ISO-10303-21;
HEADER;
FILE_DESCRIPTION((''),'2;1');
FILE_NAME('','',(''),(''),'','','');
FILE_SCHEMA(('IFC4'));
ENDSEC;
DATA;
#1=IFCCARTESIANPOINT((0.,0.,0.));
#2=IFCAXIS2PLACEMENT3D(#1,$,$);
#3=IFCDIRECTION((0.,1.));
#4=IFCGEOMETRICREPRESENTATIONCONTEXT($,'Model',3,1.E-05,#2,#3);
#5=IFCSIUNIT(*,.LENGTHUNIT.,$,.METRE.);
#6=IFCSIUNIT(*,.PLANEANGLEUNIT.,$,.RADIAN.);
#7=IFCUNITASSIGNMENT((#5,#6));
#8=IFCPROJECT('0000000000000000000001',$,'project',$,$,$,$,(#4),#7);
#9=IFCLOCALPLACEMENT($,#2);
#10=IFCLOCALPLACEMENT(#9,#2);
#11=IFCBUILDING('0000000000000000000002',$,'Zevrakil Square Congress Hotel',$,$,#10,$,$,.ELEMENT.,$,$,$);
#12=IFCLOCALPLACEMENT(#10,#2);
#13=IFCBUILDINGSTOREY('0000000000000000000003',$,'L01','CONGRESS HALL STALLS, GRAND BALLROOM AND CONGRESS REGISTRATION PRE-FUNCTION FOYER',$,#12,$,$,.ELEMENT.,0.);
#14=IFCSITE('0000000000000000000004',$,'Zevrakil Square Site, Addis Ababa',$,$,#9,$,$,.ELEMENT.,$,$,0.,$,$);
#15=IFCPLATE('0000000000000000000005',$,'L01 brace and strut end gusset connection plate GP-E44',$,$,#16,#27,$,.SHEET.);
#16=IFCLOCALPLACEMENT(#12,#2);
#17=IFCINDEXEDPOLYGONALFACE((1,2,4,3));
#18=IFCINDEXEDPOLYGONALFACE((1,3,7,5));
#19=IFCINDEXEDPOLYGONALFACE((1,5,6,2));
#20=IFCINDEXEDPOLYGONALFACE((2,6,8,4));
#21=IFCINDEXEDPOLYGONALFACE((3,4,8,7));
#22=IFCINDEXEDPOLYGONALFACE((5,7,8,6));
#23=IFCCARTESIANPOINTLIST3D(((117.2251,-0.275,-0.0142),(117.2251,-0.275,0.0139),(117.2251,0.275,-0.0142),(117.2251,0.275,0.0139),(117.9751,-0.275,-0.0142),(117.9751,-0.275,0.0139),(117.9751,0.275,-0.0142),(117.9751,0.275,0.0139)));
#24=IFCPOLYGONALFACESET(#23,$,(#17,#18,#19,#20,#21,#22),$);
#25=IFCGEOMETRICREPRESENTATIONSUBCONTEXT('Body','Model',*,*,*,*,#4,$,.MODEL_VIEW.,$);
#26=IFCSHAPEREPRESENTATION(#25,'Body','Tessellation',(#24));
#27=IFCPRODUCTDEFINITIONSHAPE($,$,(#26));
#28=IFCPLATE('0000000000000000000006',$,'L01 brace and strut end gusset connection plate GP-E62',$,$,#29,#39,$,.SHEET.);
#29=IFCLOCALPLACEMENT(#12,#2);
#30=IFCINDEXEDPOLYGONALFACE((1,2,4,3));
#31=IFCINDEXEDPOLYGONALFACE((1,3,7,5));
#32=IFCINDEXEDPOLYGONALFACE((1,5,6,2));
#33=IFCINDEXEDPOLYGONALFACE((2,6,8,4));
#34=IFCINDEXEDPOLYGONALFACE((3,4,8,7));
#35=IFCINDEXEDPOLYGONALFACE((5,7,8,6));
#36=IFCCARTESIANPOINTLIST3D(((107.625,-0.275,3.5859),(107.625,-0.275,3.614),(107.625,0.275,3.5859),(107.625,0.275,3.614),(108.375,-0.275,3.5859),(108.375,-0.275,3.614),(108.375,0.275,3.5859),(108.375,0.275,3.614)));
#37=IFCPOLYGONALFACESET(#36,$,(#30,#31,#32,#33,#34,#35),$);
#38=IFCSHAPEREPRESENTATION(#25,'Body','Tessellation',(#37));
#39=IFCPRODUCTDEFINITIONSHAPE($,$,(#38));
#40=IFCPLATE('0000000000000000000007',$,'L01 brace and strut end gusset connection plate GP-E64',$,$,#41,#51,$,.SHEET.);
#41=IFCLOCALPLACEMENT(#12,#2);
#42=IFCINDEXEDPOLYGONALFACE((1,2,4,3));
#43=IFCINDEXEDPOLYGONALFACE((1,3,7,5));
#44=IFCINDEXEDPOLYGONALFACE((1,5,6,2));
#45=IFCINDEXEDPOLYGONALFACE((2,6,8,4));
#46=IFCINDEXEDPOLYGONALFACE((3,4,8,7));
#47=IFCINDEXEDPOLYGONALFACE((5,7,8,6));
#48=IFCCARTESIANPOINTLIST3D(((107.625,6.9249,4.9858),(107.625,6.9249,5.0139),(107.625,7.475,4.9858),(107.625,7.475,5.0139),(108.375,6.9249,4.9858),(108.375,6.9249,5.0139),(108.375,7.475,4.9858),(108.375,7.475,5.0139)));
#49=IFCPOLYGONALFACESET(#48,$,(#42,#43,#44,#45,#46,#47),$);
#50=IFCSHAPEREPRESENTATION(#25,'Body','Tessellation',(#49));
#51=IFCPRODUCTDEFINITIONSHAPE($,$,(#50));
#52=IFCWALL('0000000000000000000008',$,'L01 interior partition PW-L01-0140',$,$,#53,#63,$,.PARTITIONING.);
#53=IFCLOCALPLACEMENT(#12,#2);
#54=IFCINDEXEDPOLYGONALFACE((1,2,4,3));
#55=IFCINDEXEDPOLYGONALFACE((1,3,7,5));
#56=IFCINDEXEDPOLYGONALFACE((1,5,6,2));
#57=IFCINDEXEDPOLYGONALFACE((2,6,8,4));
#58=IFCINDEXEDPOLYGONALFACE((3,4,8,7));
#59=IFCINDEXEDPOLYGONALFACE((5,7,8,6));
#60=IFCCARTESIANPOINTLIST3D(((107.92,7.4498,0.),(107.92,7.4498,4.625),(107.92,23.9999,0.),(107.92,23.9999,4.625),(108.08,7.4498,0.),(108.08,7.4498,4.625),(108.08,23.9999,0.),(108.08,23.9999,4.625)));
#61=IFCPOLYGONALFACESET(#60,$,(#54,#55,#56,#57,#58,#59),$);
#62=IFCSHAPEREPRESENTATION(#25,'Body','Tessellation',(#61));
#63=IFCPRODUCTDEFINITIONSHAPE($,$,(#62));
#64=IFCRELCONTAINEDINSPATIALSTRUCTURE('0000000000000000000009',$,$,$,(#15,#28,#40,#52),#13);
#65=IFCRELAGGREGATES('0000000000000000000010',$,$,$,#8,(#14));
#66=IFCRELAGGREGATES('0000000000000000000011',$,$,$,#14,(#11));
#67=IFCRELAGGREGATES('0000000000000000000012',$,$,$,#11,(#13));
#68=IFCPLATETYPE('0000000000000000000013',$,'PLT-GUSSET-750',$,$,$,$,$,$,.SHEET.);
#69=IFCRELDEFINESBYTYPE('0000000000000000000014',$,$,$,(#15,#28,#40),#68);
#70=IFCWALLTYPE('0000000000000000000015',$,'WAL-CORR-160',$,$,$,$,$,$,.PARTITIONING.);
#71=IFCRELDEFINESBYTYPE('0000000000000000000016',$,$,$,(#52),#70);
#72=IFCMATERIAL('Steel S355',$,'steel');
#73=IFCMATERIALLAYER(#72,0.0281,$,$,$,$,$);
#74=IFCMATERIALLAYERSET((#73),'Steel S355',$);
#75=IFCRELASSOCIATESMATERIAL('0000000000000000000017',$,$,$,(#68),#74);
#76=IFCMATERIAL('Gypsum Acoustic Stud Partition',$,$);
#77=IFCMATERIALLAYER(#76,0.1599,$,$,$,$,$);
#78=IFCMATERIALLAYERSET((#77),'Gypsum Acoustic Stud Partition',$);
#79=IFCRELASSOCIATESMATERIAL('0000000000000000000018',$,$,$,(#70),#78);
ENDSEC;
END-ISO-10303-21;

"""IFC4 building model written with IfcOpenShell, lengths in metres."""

from ifc_helpers import new_model, si_unit, direction, frame, frame_2d, origin, origin_2d, place, context, subcontext, project, spatial, rectangle, extrude, material, layer, layer_set, type_object, element, save


model = new_model("IFC4")

# Units and contexts
model_context = context("Model", 3, precision=1e-05, world=origin(), true_north=direction((0.0, 1.0)))
body_context = subcontext(model_context, "Body", "Model", "MODEL_VIEW")
ifc_project = project(units=[si_unit("LENGTHUNIT", "METRE"), si_unit("PLANEANGLEUNIT", "RADIAN")], contexts=[model_context])

# Site, building, storey
site_placement = place(None, origin())
site = spatial("IfcSite", under=ifc_project, at=site_placement, Name="Zevrakil Square Site, Addis Ababa", CompositionType="ELEMENT", RefElevation=0.0)
building_placement = place(site_placement, origin())
building = spatial("IfcBuilding", under=site, at=building_placement, Name="Zevrakil Square Congress Hotel", CompositionType="ELEMENT")
storey_placement = place(building_placement, origin())
storey = spatial("IfcBuildingStorey", under=building, at=storey_placement, Name="L01", Description="CONGRESS HALL STALLS, GRAND BALLROOM AND CONGRESS REGISTRATION PRE-FUNCTION FOYER", CompositionType="ELEMENT", Elevation=0.0)

# Plates
ifc_material_1 = material(Name="Steel S355", Category="steel")
ifc_layer_1 = layer(ifc_material_1, 0.0281)
ifc_layer_set_1 = layer_set([ifc_layer_1], Name="Steel S355")
plate_type_1 = type_object("IfcPlateType", Name="PLT-GUSSET-750", PredefinedType="SHEET", material=ifc_layer_set_1)
for number, where, z_axis, x_axis, name in (
    (1, (117.6001, 0.0, -0.0142), (0.0, 0.0, 1.0), (1.0, 0.0, 0.0), "L01 brace and strut end gusset connection plate GP-E44"),
    (2, (108.0, 0.0, 3.5859), (0.0, 0.0, 1.0), (1.0, 0.0, 0.0), "L01 brace and strut end gusset connection plate GP-E62"),
    (3, (108.0, 7.2, 4.9858), (0.0, 0.0, 1.0), (1.0, 0.0, 0.0), "L01 brace and strut end gusset connection plate GP-E64"),
):
    element("IfcPlate", number, at=place(storey_placement, frame(where, z_axis=z_axis, x_axis=x_axis)), inside=storey, type_object=plate_type_1, Name=name, PredefinedType="SHEET", context=body_context, shape_type="SweptSolid", body=[
        extrude(rectangle(XDim=0.75, YDim=0.55, at=origin_2d()), origin(), (0.0, 0.0, 1.0), 0.0281),
    ])

# Wall
ifc_material_2 = material(Name="Gypsum Acoustic Stud Partition")
ifc_layer_2 = layer(ifc_material_2, 0.1599)
ifc_layer_set_2 = layer_set([ifc_layer_2], Name="Gypsum Acoustic Stud Partition")
wall_type_1 = type_object("IfcWallType", Name="WAL-CORR-160", PredefinedType="PARTITIONING", material=ifc_layer_set_2)
wall_1_placement = place(storey_placement, frame((108.0, 7.45, 0.0), z_axis=(0.0, 0.0, 1.0), x_axis=(0.0, 1.0, 0.0)))
element("IfcWall", 4, at=wall_1_placement, inside=storey, type_object=wall_type_1, Name="L01 interior partition PW-L01-0140", PredefinedType="PARTITIONING", context=body_context, shape_type="SweptSolid", body=[
    extrude(rectangle(XDim=16.55, YDim=0.1599, at=frame_2d((8.2749, 0.0))), origin(), (0.0, 0.0, 1.0), 4.625),
])

save(model, "model.ifc")
